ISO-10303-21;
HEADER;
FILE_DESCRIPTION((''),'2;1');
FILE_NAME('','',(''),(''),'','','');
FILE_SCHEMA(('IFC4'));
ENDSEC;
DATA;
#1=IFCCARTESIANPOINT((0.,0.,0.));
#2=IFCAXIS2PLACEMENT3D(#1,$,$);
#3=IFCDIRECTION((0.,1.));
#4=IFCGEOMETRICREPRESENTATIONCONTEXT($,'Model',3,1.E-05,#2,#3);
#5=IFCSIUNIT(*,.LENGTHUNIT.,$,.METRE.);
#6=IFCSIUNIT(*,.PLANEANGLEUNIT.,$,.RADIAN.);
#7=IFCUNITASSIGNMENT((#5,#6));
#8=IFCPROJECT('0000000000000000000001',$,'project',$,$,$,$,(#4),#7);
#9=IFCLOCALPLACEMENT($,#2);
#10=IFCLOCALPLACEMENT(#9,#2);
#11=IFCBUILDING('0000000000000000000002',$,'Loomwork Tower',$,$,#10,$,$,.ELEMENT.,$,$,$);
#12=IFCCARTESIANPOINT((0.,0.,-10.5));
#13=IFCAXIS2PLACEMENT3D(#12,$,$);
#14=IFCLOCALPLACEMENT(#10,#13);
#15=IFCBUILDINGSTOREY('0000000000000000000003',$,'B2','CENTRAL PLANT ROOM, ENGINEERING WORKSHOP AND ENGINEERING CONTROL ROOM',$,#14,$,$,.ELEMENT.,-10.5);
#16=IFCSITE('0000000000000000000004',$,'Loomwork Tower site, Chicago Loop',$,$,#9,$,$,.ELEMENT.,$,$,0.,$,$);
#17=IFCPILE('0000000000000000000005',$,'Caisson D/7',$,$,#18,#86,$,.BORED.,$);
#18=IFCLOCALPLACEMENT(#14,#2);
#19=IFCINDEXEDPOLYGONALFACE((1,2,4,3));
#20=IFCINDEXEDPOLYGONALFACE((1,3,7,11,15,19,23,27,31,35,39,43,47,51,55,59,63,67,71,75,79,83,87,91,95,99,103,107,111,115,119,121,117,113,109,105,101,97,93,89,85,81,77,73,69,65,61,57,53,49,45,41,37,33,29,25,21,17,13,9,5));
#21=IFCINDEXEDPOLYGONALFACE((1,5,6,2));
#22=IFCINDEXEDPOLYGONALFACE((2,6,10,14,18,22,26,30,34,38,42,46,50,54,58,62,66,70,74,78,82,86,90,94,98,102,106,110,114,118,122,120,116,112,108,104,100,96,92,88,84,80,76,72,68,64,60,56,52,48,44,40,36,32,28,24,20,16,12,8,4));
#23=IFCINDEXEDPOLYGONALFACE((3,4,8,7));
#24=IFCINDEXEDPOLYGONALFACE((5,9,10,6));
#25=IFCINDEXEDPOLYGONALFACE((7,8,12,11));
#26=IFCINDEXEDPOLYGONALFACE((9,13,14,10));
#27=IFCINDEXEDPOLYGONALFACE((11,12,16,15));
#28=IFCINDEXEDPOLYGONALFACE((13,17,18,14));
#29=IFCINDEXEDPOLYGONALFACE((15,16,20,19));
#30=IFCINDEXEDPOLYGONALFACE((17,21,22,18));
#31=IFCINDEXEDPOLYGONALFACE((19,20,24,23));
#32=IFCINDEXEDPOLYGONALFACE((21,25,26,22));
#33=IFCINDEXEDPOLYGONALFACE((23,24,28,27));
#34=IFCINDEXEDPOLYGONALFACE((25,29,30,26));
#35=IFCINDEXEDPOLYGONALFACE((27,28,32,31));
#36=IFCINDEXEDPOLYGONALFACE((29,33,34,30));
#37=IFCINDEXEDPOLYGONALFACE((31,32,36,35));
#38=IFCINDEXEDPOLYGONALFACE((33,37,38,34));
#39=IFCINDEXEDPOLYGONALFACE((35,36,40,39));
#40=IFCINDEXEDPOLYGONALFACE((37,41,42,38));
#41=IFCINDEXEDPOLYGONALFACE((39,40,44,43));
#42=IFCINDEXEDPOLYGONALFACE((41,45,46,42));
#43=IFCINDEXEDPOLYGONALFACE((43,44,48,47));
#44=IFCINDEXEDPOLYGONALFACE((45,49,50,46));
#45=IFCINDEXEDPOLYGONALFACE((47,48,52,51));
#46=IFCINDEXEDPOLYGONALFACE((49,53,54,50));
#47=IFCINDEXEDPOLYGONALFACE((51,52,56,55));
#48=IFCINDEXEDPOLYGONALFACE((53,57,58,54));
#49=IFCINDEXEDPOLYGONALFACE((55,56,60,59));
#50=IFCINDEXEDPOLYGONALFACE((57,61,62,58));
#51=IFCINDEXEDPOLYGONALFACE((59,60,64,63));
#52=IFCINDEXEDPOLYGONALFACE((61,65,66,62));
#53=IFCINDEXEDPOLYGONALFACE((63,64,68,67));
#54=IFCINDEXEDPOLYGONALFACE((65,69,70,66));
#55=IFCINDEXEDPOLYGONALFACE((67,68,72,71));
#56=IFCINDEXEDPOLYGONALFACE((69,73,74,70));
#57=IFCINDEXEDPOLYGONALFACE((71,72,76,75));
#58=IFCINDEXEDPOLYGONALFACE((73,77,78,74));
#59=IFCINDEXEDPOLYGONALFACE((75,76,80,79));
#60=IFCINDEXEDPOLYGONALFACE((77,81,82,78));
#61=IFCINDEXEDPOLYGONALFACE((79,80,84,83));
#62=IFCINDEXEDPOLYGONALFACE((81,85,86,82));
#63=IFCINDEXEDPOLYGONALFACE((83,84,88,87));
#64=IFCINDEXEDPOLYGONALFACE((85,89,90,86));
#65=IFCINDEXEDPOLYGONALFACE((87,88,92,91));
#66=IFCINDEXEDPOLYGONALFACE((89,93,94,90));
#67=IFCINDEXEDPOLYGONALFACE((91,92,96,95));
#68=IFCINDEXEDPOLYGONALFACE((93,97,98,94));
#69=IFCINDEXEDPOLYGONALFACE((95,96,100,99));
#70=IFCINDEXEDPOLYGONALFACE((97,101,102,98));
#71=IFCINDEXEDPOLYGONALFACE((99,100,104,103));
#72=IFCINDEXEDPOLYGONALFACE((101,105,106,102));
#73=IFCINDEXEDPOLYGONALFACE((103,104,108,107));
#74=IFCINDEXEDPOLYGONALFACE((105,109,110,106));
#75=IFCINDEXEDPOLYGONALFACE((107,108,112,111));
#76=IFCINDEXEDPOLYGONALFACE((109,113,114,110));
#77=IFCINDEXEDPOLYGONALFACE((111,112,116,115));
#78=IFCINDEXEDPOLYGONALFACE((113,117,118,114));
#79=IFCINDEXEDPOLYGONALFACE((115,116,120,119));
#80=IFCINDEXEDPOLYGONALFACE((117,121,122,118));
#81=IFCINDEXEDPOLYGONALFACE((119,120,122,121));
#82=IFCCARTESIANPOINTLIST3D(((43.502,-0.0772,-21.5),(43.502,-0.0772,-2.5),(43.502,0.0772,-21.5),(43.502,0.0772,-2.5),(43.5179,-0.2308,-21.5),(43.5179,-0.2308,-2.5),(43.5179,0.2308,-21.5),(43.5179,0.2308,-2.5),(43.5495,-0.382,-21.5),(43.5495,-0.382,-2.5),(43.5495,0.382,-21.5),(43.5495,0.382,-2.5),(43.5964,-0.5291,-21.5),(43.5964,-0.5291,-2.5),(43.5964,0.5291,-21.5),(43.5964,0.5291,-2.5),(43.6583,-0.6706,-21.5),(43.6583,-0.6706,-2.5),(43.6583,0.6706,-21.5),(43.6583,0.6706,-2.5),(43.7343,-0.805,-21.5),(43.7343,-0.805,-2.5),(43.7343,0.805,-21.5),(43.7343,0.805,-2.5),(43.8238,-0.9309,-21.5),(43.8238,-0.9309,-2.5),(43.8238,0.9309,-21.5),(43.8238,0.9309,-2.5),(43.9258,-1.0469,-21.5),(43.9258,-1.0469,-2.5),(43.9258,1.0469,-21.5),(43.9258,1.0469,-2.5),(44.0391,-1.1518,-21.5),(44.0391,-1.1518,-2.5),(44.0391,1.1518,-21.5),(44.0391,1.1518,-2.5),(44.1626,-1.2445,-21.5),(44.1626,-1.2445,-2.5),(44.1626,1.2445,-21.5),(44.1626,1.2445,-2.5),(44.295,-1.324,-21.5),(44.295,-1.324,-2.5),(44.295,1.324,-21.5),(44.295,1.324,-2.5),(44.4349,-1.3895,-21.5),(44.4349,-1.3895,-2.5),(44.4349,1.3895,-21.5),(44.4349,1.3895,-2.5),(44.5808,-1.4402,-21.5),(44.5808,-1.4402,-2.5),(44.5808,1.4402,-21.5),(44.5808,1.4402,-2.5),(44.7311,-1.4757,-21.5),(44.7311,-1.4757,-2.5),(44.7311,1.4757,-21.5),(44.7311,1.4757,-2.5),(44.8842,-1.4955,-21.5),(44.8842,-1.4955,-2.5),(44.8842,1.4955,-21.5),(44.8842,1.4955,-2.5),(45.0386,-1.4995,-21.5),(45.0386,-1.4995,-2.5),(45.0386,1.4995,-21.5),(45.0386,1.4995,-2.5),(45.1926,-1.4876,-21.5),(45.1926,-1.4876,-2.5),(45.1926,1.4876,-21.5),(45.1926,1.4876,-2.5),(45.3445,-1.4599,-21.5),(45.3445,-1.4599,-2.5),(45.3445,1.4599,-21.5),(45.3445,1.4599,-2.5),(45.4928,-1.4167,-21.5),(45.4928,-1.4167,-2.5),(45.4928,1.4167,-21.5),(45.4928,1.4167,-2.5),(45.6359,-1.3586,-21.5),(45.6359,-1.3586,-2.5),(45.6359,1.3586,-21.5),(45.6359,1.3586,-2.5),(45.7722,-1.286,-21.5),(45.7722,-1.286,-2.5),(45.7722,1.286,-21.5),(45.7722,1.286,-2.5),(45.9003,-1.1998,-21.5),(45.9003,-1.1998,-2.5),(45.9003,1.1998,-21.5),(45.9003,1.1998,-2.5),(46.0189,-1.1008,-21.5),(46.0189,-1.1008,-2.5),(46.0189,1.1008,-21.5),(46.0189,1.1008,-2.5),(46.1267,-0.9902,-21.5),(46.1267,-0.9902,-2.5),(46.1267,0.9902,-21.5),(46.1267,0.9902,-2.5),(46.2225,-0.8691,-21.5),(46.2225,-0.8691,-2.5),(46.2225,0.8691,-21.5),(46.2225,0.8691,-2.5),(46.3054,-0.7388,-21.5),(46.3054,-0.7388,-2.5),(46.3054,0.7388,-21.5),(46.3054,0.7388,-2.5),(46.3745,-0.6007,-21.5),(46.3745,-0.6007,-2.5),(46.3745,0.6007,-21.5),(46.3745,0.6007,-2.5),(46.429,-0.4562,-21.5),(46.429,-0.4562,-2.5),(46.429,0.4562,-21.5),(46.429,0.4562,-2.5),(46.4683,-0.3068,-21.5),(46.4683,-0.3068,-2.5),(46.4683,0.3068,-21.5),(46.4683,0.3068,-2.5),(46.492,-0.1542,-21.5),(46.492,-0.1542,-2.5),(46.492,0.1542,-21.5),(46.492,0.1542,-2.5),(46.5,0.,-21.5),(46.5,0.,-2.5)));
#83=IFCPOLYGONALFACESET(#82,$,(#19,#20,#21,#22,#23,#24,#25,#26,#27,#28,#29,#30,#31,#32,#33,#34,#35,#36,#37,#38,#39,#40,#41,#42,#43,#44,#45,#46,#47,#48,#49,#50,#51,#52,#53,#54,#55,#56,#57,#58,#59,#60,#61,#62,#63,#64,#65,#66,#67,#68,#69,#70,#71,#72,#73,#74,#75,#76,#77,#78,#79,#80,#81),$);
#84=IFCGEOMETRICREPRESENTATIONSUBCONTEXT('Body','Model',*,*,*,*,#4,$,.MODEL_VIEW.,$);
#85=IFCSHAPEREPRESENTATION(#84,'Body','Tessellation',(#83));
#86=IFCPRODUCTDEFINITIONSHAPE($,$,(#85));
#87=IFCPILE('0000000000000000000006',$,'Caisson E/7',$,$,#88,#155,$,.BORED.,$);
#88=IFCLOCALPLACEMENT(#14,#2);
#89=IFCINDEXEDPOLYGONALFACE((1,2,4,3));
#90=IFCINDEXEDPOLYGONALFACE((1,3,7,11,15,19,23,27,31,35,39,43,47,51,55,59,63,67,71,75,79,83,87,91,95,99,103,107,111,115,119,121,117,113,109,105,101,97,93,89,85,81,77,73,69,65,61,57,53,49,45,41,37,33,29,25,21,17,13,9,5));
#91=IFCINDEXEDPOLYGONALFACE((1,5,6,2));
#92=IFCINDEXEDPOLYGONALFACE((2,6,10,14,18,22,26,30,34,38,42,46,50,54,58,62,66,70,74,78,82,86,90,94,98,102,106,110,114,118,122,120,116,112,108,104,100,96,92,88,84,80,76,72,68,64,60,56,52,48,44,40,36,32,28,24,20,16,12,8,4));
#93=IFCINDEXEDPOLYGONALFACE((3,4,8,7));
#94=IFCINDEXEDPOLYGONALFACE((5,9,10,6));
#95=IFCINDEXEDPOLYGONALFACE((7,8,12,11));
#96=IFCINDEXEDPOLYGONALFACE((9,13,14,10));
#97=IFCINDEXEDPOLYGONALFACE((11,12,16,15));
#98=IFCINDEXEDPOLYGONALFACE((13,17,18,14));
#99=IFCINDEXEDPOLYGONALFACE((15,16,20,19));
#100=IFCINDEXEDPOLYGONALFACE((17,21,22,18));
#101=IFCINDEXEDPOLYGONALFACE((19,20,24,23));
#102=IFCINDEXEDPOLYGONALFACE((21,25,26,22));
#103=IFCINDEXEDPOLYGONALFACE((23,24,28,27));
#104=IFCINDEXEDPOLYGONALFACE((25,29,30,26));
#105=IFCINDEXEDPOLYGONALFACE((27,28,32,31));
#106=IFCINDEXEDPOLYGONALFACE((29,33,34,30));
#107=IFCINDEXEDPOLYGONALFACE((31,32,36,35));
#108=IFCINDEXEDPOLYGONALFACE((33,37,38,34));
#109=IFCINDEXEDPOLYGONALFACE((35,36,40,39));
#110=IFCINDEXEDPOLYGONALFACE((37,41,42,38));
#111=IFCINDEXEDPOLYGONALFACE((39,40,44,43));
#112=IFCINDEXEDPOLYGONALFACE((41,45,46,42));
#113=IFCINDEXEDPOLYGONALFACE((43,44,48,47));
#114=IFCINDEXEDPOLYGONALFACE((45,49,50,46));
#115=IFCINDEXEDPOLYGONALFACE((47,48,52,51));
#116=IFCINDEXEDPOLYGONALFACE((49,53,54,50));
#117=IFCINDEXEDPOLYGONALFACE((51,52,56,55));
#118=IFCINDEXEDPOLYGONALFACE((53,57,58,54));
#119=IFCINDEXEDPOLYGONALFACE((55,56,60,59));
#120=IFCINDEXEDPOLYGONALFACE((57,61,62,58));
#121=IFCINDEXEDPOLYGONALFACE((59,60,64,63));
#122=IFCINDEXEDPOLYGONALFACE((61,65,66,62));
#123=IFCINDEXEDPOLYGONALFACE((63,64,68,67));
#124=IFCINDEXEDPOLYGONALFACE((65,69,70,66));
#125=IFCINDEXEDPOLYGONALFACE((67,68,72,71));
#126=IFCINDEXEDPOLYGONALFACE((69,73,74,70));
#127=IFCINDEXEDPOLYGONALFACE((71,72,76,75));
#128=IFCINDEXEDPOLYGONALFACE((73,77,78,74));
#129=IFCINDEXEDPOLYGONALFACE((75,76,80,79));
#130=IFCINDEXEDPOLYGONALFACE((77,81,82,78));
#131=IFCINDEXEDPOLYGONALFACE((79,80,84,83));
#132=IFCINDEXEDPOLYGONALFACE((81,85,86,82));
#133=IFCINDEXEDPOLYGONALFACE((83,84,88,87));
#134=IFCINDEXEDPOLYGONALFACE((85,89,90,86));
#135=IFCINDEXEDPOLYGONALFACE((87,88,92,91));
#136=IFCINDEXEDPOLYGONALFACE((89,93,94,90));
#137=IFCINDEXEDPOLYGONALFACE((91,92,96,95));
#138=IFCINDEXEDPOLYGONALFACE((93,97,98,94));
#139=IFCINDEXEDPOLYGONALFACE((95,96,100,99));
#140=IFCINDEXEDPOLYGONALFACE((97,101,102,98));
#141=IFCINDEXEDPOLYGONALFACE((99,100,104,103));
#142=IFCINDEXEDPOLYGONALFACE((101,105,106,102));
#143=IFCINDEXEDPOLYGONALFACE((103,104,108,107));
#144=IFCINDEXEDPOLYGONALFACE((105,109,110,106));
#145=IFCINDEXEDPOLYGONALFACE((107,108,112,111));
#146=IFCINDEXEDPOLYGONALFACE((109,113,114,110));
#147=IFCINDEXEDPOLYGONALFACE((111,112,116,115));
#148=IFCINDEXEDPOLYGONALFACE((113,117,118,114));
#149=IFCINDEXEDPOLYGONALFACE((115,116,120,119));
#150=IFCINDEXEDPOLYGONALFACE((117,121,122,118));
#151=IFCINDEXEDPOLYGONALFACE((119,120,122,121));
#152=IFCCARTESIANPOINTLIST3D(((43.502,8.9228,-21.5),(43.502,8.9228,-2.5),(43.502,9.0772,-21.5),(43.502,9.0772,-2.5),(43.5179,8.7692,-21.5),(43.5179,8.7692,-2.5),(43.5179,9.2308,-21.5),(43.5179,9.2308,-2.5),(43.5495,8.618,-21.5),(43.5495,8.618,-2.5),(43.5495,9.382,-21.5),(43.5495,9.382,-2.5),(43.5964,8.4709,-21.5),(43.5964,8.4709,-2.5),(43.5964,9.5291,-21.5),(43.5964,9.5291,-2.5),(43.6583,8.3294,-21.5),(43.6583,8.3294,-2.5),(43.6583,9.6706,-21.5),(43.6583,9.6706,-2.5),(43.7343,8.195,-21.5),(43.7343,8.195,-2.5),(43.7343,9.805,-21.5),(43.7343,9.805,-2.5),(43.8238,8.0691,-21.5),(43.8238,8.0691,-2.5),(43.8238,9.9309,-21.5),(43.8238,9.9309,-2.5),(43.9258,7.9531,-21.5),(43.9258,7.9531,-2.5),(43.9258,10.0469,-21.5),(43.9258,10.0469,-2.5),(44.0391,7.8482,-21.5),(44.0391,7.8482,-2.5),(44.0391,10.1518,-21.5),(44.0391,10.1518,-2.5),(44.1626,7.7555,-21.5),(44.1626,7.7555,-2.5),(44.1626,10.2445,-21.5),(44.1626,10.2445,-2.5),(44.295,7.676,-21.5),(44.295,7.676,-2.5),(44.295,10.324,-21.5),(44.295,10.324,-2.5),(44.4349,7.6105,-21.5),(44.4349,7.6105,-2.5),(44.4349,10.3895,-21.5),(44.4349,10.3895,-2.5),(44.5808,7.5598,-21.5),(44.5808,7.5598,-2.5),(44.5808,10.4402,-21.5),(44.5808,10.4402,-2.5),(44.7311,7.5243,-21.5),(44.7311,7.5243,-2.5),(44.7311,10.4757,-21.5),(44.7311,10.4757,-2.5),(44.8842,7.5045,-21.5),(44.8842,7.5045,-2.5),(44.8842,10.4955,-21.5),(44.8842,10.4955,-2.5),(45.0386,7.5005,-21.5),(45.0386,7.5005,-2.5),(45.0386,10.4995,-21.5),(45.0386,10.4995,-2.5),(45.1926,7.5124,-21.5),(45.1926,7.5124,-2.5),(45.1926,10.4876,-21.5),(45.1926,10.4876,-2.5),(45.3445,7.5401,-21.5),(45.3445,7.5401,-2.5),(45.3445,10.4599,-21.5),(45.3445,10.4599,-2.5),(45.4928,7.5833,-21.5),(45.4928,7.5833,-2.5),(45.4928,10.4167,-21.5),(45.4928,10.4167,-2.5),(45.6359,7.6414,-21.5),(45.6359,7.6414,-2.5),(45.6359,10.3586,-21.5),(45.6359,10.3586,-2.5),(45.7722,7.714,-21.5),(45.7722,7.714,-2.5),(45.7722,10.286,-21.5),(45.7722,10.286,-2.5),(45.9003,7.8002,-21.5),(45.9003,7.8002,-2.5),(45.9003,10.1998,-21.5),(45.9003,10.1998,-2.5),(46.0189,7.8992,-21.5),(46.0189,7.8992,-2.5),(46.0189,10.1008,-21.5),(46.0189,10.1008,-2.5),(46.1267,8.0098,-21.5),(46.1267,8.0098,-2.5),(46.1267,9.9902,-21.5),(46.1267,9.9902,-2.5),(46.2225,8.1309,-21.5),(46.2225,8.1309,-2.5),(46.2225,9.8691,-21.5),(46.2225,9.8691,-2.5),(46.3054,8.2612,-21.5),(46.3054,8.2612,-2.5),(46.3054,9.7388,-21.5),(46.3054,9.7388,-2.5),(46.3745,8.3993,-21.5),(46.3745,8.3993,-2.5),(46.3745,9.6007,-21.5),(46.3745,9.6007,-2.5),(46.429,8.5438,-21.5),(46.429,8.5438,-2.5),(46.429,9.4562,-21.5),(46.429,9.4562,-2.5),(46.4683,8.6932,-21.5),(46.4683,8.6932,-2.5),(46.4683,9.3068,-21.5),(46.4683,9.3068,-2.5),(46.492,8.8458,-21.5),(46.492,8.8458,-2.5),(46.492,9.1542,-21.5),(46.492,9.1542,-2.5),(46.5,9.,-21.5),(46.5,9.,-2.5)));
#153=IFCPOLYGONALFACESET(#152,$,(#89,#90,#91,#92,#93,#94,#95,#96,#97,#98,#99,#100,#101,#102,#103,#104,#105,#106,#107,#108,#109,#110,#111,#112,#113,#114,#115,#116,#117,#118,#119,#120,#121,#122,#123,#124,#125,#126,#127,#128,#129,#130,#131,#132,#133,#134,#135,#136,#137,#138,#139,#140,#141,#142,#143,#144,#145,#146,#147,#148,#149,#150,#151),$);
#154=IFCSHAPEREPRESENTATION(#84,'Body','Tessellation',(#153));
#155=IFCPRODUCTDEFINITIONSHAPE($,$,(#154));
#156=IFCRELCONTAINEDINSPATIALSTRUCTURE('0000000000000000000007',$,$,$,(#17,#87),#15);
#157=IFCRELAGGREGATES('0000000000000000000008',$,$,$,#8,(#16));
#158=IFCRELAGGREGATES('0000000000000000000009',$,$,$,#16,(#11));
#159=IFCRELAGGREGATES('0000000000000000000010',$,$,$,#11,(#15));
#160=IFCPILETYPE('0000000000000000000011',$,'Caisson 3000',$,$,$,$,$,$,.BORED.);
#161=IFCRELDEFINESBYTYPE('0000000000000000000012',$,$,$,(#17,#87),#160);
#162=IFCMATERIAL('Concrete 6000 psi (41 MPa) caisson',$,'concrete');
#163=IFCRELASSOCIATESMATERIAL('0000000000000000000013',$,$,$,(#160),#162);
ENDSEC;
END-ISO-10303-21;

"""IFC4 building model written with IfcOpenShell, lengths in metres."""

from ifc_helpers import new_model, si_unit, direction, frame, origin, origin_2d, place, context, subcontext, project, spatial, circle, extrude, material, material_profile, profile_set, type_object, element, save


model = new_model("IFC4")

# Units and contexts
model_context = context("Model", 3, precision=1e-05, world=origin(), true_north=direction((0.0, 1.0)))
body_context = subcontext(model_context, "Body", "Model", "MODEL_VIEW")
ifc_project = project(units=[si_unit("LENGTHUNIT", "METRE"), si_unit("PLANEANGLEUNIT", "RADIAN")], contexts=[model_context])

# Site, building, storey
site_placement = place(None, origin())
site = spatial("IfcSite", under=ifc_project, at=site_placement, Name="Loomwork Tower site, Chicago Loop", CompositionType="ELEMENT", RefElevation=0.0)
building_placement = place(site_placement, origin())
building = spatial("IfcBuilding", under=site, at=building_placement, Name="Loomwork Tower", CompositionType="ELEMENT")
storey_placement = place(building_placement, frame((0.0, 0.0, -10.5)))
storey = spatial("IfcBuildingStorey", under=building, at=storey_placement, Name="B2", Description="CENTRAL PLANT ROOM, ENGINEERING WORKSHOP AND ENGINEERING CONTROL ROOM", CompositionType="ELEMENT", Elevation=-10.5)

# Piles
ifc_material_1 = material(Name="Concrete 6000 psi (41 MPa) caisson", Category="concrete")
ifc_material_profile_1 = material_profile(ifc_material_1, circle(Radius=1.5, at=origin_2d()), Name="D3000")
ifc_profile_set_1 = profile_set([ifc_material_profile_1], Name="Concrete 6000 psi (41 MPa) caisson")
pile_type = type_object("IfcPileType", Name="Caisson 3000", PredefinedType="BORED", material=ifc_profile_set_1)
for number, where, z_axis, x_axis, name in (
    (1, (45.0, 0.0, -2.5), (0.0, 0.0, -1.0), (1.0, 0.0, 0.0), "Caisson D/7"),
    (2, (45.0, 9.0, -2.5), (0.0, 0.0, -1.0), (1.0, 0.0, 0.0), "Caisson E/7"),
):
    element("IfcPile", number, at=place(storey_placement, frame(where, z_axis=z_axis, x_axis=x_axis)), inside=storey, type_object=pile_type, Name=name, PredefinedType="BORED", context=body_context, shape_type="SweptSolid", body=[
        extrude(circle(Radius=1.5, at=origin_2d()), origin(), (0.0, 0.0, 1.0), 19.0),
    ])

save(model, "model.ifc")
